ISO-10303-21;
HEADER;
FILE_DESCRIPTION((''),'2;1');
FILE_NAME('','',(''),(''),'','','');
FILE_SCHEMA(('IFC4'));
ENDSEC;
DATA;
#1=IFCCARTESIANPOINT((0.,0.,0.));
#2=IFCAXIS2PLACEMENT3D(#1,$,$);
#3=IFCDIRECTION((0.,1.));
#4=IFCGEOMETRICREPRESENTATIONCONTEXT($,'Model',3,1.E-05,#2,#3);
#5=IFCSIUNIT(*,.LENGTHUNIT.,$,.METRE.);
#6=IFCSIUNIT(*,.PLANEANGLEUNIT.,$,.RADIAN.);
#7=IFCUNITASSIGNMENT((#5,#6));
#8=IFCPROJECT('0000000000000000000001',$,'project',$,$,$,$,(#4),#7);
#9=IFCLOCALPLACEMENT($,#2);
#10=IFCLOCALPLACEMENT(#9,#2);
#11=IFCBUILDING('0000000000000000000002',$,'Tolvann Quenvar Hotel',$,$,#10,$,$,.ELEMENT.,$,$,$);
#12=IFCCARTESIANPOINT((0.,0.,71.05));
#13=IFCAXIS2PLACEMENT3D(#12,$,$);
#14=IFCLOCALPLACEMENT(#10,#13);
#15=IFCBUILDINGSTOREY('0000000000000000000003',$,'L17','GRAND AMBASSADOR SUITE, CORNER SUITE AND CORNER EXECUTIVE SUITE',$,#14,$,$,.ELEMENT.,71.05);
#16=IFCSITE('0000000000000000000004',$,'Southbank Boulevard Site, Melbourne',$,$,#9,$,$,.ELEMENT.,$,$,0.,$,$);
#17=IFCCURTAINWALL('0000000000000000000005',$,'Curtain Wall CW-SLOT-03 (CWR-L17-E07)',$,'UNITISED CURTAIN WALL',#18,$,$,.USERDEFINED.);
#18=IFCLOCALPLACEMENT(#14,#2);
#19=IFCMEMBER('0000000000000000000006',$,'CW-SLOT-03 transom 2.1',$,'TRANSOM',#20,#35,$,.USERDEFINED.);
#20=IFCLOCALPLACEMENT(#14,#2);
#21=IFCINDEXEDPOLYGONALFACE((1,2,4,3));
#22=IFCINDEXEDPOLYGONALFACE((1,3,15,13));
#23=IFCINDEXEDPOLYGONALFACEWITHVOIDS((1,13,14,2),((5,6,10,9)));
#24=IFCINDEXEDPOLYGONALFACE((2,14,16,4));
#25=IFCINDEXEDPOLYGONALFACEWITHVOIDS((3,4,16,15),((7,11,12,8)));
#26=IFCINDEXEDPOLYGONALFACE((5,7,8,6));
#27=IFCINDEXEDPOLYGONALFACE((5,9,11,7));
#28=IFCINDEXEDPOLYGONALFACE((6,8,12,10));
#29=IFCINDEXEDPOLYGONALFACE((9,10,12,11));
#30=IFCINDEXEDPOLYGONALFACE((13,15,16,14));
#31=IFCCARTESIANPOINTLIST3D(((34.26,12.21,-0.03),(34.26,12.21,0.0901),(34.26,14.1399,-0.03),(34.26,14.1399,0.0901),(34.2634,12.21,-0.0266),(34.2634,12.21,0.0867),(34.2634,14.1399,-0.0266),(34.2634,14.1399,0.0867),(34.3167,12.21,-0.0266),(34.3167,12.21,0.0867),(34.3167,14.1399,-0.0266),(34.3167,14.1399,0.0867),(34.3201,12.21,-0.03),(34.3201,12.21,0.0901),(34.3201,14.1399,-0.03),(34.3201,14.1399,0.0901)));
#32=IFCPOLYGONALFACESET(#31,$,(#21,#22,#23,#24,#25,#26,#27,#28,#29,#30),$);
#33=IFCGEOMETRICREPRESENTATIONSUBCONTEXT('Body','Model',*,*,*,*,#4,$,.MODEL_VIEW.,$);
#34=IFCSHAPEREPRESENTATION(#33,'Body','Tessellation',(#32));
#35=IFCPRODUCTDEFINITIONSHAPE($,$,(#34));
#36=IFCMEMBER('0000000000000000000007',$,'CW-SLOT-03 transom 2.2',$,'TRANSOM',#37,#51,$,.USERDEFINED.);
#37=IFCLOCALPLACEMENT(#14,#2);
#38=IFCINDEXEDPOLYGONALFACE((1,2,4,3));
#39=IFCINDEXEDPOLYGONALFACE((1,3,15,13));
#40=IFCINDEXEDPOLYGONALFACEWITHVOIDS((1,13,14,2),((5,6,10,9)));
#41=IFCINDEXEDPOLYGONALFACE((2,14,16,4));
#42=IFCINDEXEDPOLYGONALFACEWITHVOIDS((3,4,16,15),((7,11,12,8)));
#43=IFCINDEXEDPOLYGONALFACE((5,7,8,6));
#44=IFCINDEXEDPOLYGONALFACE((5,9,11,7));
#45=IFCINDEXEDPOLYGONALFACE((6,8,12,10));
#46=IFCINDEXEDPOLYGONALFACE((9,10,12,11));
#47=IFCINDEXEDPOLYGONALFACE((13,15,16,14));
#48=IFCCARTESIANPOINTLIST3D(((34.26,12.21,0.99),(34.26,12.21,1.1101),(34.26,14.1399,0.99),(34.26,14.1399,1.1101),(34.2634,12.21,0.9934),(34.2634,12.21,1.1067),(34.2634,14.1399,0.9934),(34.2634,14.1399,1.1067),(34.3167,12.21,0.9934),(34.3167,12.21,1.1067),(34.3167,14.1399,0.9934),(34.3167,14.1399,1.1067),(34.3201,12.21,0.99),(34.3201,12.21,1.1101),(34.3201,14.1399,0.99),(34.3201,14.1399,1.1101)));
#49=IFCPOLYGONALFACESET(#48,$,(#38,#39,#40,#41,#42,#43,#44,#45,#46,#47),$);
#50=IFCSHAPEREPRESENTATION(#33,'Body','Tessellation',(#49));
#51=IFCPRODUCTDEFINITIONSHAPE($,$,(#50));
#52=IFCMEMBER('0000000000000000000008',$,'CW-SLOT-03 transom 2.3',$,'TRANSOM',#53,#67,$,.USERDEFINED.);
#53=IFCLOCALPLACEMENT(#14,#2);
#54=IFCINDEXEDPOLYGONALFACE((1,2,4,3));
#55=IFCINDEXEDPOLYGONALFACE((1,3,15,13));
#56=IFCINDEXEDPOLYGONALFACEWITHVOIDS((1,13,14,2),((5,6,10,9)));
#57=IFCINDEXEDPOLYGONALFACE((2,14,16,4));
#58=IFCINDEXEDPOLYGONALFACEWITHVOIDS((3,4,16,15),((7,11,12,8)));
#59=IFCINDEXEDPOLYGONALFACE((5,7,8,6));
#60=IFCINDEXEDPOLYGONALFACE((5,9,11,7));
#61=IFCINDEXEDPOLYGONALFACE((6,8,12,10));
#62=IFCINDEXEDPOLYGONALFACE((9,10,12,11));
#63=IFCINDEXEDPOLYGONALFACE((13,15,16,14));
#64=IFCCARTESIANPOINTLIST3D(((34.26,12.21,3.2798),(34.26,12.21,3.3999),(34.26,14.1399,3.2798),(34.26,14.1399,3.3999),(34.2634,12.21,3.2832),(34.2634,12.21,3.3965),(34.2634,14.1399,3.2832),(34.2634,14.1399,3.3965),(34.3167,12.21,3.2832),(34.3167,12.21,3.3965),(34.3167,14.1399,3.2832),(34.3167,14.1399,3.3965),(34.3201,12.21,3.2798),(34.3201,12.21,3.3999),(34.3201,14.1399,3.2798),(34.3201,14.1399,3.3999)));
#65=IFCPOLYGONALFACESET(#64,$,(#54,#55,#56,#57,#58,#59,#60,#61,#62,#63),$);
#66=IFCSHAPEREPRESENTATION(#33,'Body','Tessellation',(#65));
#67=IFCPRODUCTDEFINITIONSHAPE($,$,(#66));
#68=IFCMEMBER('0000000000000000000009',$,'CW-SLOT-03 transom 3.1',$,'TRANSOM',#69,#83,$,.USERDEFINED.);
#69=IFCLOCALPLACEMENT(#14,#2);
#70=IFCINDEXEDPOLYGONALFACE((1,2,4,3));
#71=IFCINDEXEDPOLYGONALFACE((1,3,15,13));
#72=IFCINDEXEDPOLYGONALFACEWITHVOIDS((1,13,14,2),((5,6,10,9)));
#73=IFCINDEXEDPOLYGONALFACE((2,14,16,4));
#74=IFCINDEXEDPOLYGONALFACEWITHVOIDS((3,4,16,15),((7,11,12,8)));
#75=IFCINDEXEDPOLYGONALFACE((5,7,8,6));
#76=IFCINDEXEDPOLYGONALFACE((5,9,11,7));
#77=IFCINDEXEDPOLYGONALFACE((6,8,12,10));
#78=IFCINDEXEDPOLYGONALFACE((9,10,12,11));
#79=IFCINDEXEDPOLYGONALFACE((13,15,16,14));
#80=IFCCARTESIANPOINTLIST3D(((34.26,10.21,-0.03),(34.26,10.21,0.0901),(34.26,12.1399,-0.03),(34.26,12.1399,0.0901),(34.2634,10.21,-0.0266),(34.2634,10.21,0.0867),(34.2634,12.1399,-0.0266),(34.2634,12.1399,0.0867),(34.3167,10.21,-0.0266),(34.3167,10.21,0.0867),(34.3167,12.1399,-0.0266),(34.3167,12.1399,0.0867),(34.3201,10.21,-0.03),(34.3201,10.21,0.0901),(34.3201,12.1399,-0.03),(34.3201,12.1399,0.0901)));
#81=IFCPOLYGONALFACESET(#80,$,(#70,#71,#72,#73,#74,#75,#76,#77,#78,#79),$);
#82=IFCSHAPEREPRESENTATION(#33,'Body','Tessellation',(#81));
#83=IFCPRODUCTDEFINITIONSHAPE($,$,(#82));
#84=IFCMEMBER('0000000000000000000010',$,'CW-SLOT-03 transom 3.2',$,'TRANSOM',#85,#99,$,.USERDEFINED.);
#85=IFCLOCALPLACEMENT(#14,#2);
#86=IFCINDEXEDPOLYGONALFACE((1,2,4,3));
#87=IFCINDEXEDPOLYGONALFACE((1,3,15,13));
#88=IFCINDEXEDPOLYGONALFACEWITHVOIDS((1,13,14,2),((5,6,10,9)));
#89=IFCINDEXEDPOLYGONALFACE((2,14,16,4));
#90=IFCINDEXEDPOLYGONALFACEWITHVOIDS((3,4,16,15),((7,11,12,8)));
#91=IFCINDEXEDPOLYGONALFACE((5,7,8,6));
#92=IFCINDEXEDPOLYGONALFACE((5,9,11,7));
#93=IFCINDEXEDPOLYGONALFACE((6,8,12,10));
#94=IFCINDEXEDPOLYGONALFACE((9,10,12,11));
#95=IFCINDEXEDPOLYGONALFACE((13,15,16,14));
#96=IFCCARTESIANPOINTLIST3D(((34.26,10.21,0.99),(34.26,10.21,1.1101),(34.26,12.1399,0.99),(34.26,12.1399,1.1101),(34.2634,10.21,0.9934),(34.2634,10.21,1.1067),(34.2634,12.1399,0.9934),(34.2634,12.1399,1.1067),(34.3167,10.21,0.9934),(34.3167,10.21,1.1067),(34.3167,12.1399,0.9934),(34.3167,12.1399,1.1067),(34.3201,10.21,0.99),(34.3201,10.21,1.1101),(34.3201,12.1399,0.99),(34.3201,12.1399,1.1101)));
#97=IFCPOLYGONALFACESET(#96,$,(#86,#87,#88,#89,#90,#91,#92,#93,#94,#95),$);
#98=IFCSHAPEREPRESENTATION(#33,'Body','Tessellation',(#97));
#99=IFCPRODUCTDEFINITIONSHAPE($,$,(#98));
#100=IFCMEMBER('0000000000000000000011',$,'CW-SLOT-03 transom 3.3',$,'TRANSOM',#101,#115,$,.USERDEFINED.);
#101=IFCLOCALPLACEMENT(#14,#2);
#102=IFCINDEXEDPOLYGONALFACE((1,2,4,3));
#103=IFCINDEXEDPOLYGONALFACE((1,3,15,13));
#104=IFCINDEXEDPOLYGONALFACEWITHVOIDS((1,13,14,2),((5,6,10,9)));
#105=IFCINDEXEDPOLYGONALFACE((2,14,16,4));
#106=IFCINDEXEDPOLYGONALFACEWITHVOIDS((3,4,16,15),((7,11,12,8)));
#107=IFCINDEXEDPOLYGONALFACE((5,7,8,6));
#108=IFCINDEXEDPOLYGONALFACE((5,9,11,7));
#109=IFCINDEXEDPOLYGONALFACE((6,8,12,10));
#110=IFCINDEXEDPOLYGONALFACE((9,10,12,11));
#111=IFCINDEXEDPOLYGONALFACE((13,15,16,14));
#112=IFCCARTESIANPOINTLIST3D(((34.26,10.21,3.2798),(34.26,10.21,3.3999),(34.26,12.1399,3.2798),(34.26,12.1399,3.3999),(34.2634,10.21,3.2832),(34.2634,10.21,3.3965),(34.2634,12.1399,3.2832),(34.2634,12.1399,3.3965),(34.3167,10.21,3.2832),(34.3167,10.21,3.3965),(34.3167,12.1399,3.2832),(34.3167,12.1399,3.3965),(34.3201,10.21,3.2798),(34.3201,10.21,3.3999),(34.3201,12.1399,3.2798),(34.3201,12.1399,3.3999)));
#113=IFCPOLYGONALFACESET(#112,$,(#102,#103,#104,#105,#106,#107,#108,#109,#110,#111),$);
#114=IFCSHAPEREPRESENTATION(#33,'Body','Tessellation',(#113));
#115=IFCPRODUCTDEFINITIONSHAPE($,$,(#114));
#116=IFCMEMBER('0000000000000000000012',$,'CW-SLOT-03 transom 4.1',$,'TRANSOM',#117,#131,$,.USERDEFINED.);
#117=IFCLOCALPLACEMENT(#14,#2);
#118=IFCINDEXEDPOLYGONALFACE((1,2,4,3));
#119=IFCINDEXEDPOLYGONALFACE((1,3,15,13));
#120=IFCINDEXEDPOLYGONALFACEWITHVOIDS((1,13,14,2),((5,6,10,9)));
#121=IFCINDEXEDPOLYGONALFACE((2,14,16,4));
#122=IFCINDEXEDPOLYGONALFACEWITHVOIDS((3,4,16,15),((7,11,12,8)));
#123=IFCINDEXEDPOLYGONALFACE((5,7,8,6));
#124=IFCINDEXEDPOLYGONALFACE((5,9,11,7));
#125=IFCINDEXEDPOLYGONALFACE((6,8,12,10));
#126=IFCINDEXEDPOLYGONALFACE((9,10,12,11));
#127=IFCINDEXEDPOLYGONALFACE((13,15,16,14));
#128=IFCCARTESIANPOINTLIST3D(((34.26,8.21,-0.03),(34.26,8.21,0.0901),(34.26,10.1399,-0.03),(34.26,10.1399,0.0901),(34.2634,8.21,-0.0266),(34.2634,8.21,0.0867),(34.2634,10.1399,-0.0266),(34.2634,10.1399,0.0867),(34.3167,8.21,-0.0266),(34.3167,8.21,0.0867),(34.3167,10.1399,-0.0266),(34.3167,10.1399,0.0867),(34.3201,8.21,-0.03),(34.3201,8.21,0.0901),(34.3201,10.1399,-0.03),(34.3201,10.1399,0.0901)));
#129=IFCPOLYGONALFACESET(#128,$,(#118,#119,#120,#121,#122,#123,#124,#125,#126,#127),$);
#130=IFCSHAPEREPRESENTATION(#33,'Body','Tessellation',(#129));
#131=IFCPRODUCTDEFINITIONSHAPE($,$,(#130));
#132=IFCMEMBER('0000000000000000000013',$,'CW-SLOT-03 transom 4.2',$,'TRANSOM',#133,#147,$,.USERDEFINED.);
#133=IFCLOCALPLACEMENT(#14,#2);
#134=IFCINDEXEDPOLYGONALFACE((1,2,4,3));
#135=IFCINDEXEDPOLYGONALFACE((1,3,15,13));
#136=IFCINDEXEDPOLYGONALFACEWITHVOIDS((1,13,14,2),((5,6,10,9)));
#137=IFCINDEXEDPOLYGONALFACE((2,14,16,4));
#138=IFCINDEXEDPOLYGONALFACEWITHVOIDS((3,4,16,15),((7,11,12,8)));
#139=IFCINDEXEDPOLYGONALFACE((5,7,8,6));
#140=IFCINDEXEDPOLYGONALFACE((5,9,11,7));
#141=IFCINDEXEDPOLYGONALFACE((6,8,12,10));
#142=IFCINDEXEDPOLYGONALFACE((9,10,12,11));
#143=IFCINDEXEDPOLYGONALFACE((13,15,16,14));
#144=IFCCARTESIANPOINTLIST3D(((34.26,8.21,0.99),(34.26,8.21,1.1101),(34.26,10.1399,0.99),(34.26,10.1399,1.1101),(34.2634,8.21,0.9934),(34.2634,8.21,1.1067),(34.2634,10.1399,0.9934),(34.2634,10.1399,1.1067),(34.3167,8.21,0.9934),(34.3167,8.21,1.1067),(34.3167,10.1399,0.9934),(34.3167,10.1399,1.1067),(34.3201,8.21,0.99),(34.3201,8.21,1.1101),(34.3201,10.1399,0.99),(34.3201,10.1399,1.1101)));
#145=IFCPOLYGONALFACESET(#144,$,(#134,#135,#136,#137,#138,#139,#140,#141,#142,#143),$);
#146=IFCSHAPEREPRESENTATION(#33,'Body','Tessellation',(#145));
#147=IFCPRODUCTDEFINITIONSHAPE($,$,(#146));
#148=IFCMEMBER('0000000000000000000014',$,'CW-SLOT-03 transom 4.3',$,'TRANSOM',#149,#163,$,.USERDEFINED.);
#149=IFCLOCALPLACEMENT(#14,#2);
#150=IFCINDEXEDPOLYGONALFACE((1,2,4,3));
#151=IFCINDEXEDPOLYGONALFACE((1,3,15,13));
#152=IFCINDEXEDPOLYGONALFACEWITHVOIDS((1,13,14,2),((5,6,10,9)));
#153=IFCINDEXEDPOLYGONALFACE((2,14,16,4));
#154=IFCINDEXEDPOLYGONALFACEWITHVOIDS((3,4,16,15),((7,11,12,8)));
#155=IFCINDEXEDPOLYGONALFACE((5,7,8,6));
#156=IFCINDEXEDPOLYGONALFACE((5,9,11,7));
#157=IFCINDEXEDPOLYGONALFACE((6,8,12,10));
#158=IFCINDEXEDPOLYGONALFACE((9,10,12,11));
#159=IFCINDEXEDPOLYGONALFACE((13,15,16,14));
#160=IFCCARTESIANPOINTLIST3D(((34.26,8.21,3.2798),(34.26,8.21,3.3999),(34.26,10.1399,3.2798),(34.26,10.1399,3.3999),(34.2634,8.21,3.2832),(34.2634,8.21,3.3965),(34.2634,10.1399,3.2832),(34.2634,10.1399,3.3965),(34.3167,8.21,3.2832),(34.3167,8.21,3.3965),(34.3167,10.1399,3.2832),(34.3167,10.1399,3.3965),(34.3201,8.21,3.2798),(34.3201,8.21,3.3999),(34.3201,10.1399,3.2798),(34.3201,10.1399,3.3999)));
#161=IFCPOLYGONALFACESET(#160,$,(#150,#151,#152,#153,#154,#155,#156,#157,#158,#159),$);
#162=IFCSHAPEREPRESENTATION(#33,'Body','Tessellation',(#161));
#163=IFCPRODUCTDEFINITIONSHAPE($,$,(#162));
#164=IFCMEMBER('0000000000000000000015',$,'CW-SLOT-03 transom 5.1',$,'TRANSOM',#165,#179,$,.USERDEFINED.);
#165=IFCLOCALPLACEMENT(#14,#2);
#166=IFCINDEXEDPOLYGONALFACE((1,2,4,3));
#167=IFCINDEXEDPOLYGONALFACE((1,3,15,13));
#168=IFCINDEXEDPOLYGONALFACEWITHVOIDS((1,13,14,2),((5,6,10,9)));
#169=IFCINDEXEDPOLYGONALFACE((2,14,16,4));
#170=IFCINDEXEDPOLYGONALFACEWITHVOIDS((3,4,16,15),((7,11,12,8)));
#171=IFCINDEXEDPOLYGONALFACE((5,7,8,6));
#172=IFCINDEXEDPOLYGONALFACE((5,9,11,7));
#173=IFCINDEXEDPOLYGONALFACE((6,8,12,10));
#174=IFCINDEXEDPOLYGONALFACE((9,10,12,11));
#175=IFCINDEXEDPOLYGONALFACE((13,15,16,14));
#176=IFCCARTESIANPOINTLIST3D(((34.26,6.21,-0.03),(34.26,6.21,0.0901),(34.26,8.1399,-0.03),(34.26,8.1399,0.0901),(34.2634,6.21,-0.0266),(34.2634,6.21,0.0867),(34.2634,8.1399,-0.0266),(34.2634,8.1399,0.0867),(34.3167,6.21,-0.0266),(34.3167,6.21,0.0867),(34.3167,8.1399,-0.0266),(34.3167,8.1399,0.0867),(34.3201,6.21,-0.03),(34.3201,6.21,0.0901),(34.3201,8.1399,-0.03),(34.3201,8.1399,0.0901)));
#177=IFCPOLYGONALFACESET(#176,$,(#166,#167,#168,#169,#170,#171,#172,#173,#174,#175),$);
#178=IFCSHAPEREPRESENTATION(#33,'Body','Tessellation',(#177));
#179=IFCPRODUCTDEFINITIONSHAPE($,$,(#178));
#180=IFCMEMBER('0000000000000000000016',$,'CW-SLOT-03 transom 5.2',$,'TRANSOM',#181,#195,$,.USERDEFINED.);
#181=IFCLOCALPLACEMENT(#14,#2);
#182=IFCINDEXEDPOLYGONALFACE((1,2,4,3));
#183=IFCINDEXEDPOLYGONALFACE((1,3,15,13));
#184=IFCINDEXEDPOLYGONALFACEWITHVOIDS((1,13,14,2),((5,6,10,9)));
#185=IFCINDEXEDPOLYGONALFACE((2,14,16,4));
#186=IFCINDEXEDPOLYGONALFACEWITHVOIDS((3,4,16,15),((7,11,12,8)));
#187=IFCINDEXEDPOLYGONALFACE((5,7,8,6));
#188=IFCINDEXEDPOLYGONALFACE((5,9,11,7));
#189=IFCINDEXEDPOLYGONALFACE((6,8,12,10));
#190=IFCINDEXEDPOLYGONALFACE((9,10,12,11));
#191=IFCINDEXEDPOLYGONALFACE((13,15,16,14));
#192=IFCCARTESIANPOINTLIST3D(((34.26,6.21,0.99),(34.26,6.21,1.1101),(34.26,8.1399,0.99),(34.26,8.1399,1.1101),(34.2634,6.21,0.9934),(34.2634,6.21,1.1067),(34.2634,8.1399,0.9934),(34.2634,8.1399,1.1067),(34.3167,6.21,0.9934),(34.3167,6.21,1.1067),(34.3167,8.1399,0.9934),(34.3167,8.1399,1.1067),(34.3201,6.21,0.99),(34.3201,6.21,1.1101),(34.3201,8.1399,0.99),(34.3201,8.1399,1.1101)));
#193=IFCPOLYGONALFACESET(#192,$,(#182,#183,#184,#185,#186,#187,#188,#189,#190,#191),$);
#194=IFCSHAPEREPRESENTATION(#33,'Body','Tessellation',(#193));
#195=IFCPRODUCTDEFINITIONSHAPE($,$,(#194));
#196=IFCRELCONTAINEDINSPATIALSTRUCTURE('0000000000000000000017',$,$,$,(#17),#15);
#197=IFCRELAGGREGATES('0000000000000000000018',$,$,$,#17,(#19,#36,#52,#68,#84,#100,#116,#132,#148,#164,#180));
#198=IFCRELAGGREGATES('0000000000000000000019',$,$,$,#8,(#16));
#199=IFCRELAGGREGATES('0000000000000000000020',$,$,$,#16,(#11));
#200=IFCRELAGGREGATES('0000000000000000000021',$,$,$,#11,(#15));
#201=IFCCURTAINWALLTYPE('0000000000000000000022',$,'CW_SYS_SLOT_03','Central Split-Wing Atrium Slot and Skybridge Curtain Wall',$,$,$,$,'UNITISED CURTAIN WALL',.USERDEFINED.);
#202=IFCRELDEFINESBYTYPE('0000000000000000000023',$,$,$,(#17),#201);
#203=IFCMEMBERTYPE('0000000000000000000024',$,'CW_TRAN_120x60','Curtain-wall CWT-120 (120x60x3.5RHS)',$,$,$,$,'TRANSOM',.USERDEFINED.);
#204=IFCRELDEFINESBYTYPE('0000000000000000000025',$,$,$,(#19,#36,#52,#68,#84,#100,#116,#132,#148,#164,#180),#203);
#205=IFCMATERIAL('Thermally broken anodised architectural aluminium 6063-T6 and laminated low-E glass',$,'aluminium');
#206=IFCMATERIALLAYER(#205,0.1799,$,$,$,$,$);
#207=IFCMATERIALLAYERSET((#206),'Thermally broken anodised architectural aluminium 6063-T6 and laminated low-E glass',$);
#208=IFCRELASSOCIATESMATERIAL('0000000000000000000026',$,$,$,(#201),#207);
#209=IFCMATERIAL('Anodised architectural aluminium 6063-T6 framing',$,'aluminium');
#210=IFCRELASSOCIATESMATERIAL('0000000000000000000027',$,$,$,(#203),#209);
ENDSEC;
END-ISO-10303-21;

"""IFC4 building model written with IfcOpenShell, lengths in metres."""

from ifc_helpers import new_model, si_unit, direction, frame, origin, origin_2d, place, context, subcontext, project, spatial, hollow_rectangle, extrude, source, transform, mapped, material, layer, layer_set, material_profile, profile_set, type_object, type_shapes, element, aggregate, save


model = new_model("IFC4")

# Units and contexts
model_context = context("Model", 3, precision=1e-05, world=origin(), true_north=direction((0.0, 1.0)))
body_context = subcontext(model_context, "Body", "Model", "MODEL_VIEW")
ifc_project = project(units=[si_unit("LENGTHUNIT", "METRE"), si_unit("PLANEANGLEUNIT", "RADIAN")], contexts=[model_context])

# Site, building, storey
site_placement = place(None, origin())
site = spatial("IfcSite", under=ifc_project, at=site_placement, Name="Southbank Boulevard Site, Melbourne", CompositionType="ELEMENT", RefElevation=0.0)
building_placement = place(site_placement, origin())
building = spatial("IfcBuilding", under=site, at=building_placement, Name="Tolvann Quenvar Hotel", CompositionType="ELEMENT")
storey_placement = place(building_placement, frame((0.0, 0.0, 71.05)))
storey = spatial("IfcBuildingStorey", under=building, at=storey_placement, Name="L17", Description="GRAND AMBASSADOR SUITE, CORNER SUITE AND CORNER EXECUTIVE SUITE", CompositionType="ELEMENT", Elevation=71.05)

# Curtain wall, members
ifc_material_1 = material(Name="Thermally broken anodised architectural aluminium 6063-T6 and laminated low-E glass", Category="aluminium")
ifc_layer_1 = layer(ifc_material_1, 0.1799)
ifc_layer_set_1 = layer_set([ifc_layer_1], Name="Thermally broken anodised architectural aluminium 6063-T6 and laminated low-E glass")
curtain_wall_type = type_object("IfcCurtainWallType", Name="CW_SYS_SLOT_03", Description="Central Split-Wing Atrium Slot and Skybridge Curtain Wall", ElementType="UNITISED CURTAIN WALL", PredefinedType="USERDEFINED", material=ifc_layer_set_1)
curtain_wall_placement = place(storey_placement, origin())
curtain_wall = element("IfcCurtainWall", 1, at=curtain_wall_placement, inside=storey, type_object=curtain_wall_type, Name="Curtain Wall CW-SLOT-03 (CWR-L17-E07)", ObjectType="UNITISED CURTAIN WALL", PredefinedType="USERDEFINED")
ifc_material_2 = material(Name="Anodised architectural aluminium 6063-T6 framing", Category="aluminium")
ifc_material_profile_1 = material_profile(ifc_material_2, hollow_rectangle(XDim=0.0601, YDim=0.1201, WallThickness=0.0034, at=origin_2d()), Name="120x60x3.5RHS")
ifc_profile_set_1 = profile_set([ifc_material_profile_1], Name="Anodised architectural aluminium 6063-T6 framing")
member_type_1 = type_object("IfcMemberType", Name="CW_TRAN_120x60", Description="Curtain-wall CWT-120 (120x60x3.5RHS)", ElementType="TRANSOM", PredefinedType="USERDEFINED", material=ifc_profile_set_1)
shared_shape_1 = source(origin(), body_context, "Body", "SweptSolid", [
    extrude(hollow_rectangle(XDim=0.0601, YDim=0.1201, WallThickness=0.0034, at=origin_2d()), origin(), (0.0, 0.0, 1.0), 1.9299),
])
type_shapes(member_type_1, [shared_shape_1])
member_1_placement = place(storey_placement, frame((34.29, 14.1399, 0.03), z_axis=(0.0, -1.0, 0.0), x_axis=(1.0, 0.0, 0.0)))
member_1 = element("IfcMember", 2, at=member_1_placement, type_object=member_type_1, Name="CW-SLOT-03 transom 2.1", ObjectType="TRANSOM", PredefinedType="USERDEFINED", context=body_context, shape_type="MappedRepresentation", body=[
    mapped(shared_shape_1, transform((0.0, 0.0, 0.0), x_axis=(1.0, 0.0, 0.0), y_axis=(0.0, 1.0, 0.0), z_axis=(0.0, 0.0, 1.0), scale=1.0)),
])
member_2_placement = place(storey_placement, frame((34.29, 14.1399, 1.05), z_axis=(0.0, -1.0, 0.0), x_axis=(1.0, 0.0, 0.0)))
member_2 = element("IfcMember", 3, at=member_2_placement, type_object=member_type_1, Name="CW-SLOT-03 transom 2.2", ObjectType="TRANSOM", PredefinedType="USERDEFINED", context=body_context, shape_type="MappedRepresentation", body=[
    mapped(shared_shape_1, transform((0.0, 0.0, 0.0), x_axis=(1.0, 0.0, 0.0), y_axis=(0.0, 1.0, 0.0), z_axis=(0.0, 0.0, 1.0), scale=1.0)),
])
member_3_placement = place(storey_placement, frame((34.29, 14.1399, 3.3398), z_axis=(0.0, -1.0, 0.0), x_axis=(1.0, 0.0, 0.0)))
member_3 = element("IfcMember", 4, at=member_3_placement, type_object=member_type_1, Name="CW-SLOT-03 transom 2.3", ObjectType="TRANSOM", PredefinedType="USERDEFINED", context=body_context, shape_type="MappedRepresentation", body=[
    mapped(shared_shape_1, transform((0.0, 0.0, 0.0), x_axis=(1.0, 0.0, 0.0), y_axis=(0.0, 1.0, 0.0), z_axis=(0.0, 0.0, 1.0), scale=1.0)),
])
member_4_placement = place(storey_placement, frame((34.29, 12.1399, 0.03), z_axis=(0.0, -1.0, 0.0), x_axis=(1.0, 0.0, 0.0)))
member_4 = element("IfcMember", 5, at=member_4_placement, type_object=member_type_1, Name="CW-SLOT-03 transom 3.1", ObjectType="TRANSOM", PredefinedType="USERDEFINED", context=body_context, shape_type="MappedRepresentation", body=[
    mapped(shared_shape_1, transform((0.0, 0.0, 0.0), x_axis=(1.0, 0.0, 0.0), y_axis=(0.0, 1.0, 0.0), z_axis=(0.0, 0.0, 1.0), scale=1.0)),
])
member_5_placement = place(storey_placement, frame((34.29, 12.1399, 1.05), z_axis=(0.0, -1.0, 0.0), x_axis=(1.0, 0.0, 0.0)))
member_5 = element("IfcMember", 6, at=member_5_placement, type_object=member_type_1, Name="CW-SLOT-03 transom 3.2", ObjectType="TRANSOM", PredefinedType="USERDEFINED", context=body_context, shape_type="MappedRepresentation", body=[
    mapped(shared_shape_1, transform((0.0, 0.0, 0.0), x_axis=(1.0, 0.0, 0.0), y_axis=(0.0, 1.0, 0.0), z_axis=(0.0, 0.0, 1.0), scale=1.0)),
])
member_6_placement = place(storey_placement, frame((34.29, 12.1399, 3.3398), z_axis=(0.0, -1.0, 0.0), x_axis=(1.0, 0.0, 0.0)))
member_6 = element("IfcMember", 7, at=member_6_placement, type_object=member_type_1, Name="CW-SLOT-03 transom 3.3", ObjectType="TRANSOM", PredefinedType="USERDEFINED", context=body_context, shape_type="MappedRepresentation", body=[
    mapped(shared_shape_1, transform((0.0, 0.0, 0.0), x_axis=(1.0, 0.0, 0.0), y_axis=(0.0, 1.0, 0.0), z_axis=(0.0, 0.0, 1.0), scale=1.0)),
])
member_7_placement = place(storey_placement, frame((34.29, 10.1399, 0.03), z_axis=(0.0, -1.0, 0.0), x_axis=(1.0, 0.0, 0.0)))
member_7 = element("IfcMember", 8, at=member_7_placement, type_object=member_type_1, Name="CW-SLOT-03 transom 4.1", ObjectType="TRANSOM", PredefinedType="USERDEFINED", context=body_context, shape_type="MappedRepresentation", body=[
    mapped(shared_shape_1, transform((0.0, 0.0, 0.0), x_axis=(1.0, 0.0, 0.0), y_axis=(0.0, 1.0, 0.0), z_axis=(0.0, 0.0, 1.0), scale=1.0)),
])
member_8_placement = place(storey_placement, frame((34.29, 10.1399, 1.05), z_axis=(0.0, -1.0, 0.0), x_axis=(1.0, 0.0, 0.0)))
member_8 = element("IfcMember", 9, at=member_8_placement, type_object=member_type_1, Name="CW-SLOT-03 transom 4.2", ObjectType="TRANSOM", PredefinedType="USERDEFINED", context=body_context, shape_type="MappedRepresentation", body=[
    mapped(shared_shape_1, transform((0.0, 0.0, 0.0), x_axis=(1.0, 0.0, 0.0), y_axis=(0.0, 1.0, 0.0), z_axis=(0.0, 0.0, 1.0), scale=1.0)),
])
member_9_placement = place(storey_placement, frame((34.29, 10.1399, 3.3398), z_axis=(0.0, -1.0, 0.0), x_axis=(1.0, 0.0, 0.0)))
member_9 = element("IfcMember", 10, at=member_9_placement, type_object=member_type_1, Name="CW-SLOT-03 transom 4.3", ObjectType="TRANSOM", PredefinedType="USERDEFINED", context=body_context, shape_type="MappedRepresentation", body=[
    mapped(shared_shape_1, transform((0.0, 0.0, 0.0), x_axis=(1.0, 0.0, 0.0), y_axis=(0.0, 1.0, 0.0), z_axis=(0.0, 0.0, 1.0), scale=1.0)),
])
member_10_placement = place(storey_placement, frame((34.29, 8.1399, 0.03), z_axis=(0.0, -1.0, 0.0), x_axis=(1.0, 0.0, 0.0)))
member_10 = element("IfcMember", 11, at=member_10_placement, type_object=member_type_1, Name="CW-SLOT-03 transom 5.1", ObjectType="TRANSOM", PredefinedType="USERDEFINED", context=body_context, shape_type="MappedRepresentation", body=[
    mapped(shared_shape_1, transform((0.0, 0.0, 0.0), x_axis=(1.0, 0.0, 0.0), y_axis=(0.0, 1.0, 0.0), z_axis=(0.0, 0.0, 1.0), scale=1.0)),
])
member_11_placement = place(storey_placement, frame((34.29, 8.1399, 1.05), z_axis=(0.0, -1.0, 0.0), x_axis=(1.0, 0.0, 0.0)))
member_11 = element("IfcMember", 12, at=member_11_placement, type_object=member_type_1, Name="CW-SLOT-03 transom 5.2", ObjectType="TRANSOM", PredefinedType="USERDEFINED", context=body_context, shape_type="MappedRepresentation", body=[
    mapped(shared_shape_1, transform((0.0, 0.0, 0.0), x_axis=(1.0, 0.0, 0.0), y_axis=(0.0, 1.0, 0.0), z_axis=(0.0, 0.0, 1.0), scale=1.0)),
])

aggregate(curtain_wall, [member_1, member_2, member_3, member_4, member_5, member_6, member_7, member_8, member_9, member_10, member_11])

save(model, "model.ifc")
